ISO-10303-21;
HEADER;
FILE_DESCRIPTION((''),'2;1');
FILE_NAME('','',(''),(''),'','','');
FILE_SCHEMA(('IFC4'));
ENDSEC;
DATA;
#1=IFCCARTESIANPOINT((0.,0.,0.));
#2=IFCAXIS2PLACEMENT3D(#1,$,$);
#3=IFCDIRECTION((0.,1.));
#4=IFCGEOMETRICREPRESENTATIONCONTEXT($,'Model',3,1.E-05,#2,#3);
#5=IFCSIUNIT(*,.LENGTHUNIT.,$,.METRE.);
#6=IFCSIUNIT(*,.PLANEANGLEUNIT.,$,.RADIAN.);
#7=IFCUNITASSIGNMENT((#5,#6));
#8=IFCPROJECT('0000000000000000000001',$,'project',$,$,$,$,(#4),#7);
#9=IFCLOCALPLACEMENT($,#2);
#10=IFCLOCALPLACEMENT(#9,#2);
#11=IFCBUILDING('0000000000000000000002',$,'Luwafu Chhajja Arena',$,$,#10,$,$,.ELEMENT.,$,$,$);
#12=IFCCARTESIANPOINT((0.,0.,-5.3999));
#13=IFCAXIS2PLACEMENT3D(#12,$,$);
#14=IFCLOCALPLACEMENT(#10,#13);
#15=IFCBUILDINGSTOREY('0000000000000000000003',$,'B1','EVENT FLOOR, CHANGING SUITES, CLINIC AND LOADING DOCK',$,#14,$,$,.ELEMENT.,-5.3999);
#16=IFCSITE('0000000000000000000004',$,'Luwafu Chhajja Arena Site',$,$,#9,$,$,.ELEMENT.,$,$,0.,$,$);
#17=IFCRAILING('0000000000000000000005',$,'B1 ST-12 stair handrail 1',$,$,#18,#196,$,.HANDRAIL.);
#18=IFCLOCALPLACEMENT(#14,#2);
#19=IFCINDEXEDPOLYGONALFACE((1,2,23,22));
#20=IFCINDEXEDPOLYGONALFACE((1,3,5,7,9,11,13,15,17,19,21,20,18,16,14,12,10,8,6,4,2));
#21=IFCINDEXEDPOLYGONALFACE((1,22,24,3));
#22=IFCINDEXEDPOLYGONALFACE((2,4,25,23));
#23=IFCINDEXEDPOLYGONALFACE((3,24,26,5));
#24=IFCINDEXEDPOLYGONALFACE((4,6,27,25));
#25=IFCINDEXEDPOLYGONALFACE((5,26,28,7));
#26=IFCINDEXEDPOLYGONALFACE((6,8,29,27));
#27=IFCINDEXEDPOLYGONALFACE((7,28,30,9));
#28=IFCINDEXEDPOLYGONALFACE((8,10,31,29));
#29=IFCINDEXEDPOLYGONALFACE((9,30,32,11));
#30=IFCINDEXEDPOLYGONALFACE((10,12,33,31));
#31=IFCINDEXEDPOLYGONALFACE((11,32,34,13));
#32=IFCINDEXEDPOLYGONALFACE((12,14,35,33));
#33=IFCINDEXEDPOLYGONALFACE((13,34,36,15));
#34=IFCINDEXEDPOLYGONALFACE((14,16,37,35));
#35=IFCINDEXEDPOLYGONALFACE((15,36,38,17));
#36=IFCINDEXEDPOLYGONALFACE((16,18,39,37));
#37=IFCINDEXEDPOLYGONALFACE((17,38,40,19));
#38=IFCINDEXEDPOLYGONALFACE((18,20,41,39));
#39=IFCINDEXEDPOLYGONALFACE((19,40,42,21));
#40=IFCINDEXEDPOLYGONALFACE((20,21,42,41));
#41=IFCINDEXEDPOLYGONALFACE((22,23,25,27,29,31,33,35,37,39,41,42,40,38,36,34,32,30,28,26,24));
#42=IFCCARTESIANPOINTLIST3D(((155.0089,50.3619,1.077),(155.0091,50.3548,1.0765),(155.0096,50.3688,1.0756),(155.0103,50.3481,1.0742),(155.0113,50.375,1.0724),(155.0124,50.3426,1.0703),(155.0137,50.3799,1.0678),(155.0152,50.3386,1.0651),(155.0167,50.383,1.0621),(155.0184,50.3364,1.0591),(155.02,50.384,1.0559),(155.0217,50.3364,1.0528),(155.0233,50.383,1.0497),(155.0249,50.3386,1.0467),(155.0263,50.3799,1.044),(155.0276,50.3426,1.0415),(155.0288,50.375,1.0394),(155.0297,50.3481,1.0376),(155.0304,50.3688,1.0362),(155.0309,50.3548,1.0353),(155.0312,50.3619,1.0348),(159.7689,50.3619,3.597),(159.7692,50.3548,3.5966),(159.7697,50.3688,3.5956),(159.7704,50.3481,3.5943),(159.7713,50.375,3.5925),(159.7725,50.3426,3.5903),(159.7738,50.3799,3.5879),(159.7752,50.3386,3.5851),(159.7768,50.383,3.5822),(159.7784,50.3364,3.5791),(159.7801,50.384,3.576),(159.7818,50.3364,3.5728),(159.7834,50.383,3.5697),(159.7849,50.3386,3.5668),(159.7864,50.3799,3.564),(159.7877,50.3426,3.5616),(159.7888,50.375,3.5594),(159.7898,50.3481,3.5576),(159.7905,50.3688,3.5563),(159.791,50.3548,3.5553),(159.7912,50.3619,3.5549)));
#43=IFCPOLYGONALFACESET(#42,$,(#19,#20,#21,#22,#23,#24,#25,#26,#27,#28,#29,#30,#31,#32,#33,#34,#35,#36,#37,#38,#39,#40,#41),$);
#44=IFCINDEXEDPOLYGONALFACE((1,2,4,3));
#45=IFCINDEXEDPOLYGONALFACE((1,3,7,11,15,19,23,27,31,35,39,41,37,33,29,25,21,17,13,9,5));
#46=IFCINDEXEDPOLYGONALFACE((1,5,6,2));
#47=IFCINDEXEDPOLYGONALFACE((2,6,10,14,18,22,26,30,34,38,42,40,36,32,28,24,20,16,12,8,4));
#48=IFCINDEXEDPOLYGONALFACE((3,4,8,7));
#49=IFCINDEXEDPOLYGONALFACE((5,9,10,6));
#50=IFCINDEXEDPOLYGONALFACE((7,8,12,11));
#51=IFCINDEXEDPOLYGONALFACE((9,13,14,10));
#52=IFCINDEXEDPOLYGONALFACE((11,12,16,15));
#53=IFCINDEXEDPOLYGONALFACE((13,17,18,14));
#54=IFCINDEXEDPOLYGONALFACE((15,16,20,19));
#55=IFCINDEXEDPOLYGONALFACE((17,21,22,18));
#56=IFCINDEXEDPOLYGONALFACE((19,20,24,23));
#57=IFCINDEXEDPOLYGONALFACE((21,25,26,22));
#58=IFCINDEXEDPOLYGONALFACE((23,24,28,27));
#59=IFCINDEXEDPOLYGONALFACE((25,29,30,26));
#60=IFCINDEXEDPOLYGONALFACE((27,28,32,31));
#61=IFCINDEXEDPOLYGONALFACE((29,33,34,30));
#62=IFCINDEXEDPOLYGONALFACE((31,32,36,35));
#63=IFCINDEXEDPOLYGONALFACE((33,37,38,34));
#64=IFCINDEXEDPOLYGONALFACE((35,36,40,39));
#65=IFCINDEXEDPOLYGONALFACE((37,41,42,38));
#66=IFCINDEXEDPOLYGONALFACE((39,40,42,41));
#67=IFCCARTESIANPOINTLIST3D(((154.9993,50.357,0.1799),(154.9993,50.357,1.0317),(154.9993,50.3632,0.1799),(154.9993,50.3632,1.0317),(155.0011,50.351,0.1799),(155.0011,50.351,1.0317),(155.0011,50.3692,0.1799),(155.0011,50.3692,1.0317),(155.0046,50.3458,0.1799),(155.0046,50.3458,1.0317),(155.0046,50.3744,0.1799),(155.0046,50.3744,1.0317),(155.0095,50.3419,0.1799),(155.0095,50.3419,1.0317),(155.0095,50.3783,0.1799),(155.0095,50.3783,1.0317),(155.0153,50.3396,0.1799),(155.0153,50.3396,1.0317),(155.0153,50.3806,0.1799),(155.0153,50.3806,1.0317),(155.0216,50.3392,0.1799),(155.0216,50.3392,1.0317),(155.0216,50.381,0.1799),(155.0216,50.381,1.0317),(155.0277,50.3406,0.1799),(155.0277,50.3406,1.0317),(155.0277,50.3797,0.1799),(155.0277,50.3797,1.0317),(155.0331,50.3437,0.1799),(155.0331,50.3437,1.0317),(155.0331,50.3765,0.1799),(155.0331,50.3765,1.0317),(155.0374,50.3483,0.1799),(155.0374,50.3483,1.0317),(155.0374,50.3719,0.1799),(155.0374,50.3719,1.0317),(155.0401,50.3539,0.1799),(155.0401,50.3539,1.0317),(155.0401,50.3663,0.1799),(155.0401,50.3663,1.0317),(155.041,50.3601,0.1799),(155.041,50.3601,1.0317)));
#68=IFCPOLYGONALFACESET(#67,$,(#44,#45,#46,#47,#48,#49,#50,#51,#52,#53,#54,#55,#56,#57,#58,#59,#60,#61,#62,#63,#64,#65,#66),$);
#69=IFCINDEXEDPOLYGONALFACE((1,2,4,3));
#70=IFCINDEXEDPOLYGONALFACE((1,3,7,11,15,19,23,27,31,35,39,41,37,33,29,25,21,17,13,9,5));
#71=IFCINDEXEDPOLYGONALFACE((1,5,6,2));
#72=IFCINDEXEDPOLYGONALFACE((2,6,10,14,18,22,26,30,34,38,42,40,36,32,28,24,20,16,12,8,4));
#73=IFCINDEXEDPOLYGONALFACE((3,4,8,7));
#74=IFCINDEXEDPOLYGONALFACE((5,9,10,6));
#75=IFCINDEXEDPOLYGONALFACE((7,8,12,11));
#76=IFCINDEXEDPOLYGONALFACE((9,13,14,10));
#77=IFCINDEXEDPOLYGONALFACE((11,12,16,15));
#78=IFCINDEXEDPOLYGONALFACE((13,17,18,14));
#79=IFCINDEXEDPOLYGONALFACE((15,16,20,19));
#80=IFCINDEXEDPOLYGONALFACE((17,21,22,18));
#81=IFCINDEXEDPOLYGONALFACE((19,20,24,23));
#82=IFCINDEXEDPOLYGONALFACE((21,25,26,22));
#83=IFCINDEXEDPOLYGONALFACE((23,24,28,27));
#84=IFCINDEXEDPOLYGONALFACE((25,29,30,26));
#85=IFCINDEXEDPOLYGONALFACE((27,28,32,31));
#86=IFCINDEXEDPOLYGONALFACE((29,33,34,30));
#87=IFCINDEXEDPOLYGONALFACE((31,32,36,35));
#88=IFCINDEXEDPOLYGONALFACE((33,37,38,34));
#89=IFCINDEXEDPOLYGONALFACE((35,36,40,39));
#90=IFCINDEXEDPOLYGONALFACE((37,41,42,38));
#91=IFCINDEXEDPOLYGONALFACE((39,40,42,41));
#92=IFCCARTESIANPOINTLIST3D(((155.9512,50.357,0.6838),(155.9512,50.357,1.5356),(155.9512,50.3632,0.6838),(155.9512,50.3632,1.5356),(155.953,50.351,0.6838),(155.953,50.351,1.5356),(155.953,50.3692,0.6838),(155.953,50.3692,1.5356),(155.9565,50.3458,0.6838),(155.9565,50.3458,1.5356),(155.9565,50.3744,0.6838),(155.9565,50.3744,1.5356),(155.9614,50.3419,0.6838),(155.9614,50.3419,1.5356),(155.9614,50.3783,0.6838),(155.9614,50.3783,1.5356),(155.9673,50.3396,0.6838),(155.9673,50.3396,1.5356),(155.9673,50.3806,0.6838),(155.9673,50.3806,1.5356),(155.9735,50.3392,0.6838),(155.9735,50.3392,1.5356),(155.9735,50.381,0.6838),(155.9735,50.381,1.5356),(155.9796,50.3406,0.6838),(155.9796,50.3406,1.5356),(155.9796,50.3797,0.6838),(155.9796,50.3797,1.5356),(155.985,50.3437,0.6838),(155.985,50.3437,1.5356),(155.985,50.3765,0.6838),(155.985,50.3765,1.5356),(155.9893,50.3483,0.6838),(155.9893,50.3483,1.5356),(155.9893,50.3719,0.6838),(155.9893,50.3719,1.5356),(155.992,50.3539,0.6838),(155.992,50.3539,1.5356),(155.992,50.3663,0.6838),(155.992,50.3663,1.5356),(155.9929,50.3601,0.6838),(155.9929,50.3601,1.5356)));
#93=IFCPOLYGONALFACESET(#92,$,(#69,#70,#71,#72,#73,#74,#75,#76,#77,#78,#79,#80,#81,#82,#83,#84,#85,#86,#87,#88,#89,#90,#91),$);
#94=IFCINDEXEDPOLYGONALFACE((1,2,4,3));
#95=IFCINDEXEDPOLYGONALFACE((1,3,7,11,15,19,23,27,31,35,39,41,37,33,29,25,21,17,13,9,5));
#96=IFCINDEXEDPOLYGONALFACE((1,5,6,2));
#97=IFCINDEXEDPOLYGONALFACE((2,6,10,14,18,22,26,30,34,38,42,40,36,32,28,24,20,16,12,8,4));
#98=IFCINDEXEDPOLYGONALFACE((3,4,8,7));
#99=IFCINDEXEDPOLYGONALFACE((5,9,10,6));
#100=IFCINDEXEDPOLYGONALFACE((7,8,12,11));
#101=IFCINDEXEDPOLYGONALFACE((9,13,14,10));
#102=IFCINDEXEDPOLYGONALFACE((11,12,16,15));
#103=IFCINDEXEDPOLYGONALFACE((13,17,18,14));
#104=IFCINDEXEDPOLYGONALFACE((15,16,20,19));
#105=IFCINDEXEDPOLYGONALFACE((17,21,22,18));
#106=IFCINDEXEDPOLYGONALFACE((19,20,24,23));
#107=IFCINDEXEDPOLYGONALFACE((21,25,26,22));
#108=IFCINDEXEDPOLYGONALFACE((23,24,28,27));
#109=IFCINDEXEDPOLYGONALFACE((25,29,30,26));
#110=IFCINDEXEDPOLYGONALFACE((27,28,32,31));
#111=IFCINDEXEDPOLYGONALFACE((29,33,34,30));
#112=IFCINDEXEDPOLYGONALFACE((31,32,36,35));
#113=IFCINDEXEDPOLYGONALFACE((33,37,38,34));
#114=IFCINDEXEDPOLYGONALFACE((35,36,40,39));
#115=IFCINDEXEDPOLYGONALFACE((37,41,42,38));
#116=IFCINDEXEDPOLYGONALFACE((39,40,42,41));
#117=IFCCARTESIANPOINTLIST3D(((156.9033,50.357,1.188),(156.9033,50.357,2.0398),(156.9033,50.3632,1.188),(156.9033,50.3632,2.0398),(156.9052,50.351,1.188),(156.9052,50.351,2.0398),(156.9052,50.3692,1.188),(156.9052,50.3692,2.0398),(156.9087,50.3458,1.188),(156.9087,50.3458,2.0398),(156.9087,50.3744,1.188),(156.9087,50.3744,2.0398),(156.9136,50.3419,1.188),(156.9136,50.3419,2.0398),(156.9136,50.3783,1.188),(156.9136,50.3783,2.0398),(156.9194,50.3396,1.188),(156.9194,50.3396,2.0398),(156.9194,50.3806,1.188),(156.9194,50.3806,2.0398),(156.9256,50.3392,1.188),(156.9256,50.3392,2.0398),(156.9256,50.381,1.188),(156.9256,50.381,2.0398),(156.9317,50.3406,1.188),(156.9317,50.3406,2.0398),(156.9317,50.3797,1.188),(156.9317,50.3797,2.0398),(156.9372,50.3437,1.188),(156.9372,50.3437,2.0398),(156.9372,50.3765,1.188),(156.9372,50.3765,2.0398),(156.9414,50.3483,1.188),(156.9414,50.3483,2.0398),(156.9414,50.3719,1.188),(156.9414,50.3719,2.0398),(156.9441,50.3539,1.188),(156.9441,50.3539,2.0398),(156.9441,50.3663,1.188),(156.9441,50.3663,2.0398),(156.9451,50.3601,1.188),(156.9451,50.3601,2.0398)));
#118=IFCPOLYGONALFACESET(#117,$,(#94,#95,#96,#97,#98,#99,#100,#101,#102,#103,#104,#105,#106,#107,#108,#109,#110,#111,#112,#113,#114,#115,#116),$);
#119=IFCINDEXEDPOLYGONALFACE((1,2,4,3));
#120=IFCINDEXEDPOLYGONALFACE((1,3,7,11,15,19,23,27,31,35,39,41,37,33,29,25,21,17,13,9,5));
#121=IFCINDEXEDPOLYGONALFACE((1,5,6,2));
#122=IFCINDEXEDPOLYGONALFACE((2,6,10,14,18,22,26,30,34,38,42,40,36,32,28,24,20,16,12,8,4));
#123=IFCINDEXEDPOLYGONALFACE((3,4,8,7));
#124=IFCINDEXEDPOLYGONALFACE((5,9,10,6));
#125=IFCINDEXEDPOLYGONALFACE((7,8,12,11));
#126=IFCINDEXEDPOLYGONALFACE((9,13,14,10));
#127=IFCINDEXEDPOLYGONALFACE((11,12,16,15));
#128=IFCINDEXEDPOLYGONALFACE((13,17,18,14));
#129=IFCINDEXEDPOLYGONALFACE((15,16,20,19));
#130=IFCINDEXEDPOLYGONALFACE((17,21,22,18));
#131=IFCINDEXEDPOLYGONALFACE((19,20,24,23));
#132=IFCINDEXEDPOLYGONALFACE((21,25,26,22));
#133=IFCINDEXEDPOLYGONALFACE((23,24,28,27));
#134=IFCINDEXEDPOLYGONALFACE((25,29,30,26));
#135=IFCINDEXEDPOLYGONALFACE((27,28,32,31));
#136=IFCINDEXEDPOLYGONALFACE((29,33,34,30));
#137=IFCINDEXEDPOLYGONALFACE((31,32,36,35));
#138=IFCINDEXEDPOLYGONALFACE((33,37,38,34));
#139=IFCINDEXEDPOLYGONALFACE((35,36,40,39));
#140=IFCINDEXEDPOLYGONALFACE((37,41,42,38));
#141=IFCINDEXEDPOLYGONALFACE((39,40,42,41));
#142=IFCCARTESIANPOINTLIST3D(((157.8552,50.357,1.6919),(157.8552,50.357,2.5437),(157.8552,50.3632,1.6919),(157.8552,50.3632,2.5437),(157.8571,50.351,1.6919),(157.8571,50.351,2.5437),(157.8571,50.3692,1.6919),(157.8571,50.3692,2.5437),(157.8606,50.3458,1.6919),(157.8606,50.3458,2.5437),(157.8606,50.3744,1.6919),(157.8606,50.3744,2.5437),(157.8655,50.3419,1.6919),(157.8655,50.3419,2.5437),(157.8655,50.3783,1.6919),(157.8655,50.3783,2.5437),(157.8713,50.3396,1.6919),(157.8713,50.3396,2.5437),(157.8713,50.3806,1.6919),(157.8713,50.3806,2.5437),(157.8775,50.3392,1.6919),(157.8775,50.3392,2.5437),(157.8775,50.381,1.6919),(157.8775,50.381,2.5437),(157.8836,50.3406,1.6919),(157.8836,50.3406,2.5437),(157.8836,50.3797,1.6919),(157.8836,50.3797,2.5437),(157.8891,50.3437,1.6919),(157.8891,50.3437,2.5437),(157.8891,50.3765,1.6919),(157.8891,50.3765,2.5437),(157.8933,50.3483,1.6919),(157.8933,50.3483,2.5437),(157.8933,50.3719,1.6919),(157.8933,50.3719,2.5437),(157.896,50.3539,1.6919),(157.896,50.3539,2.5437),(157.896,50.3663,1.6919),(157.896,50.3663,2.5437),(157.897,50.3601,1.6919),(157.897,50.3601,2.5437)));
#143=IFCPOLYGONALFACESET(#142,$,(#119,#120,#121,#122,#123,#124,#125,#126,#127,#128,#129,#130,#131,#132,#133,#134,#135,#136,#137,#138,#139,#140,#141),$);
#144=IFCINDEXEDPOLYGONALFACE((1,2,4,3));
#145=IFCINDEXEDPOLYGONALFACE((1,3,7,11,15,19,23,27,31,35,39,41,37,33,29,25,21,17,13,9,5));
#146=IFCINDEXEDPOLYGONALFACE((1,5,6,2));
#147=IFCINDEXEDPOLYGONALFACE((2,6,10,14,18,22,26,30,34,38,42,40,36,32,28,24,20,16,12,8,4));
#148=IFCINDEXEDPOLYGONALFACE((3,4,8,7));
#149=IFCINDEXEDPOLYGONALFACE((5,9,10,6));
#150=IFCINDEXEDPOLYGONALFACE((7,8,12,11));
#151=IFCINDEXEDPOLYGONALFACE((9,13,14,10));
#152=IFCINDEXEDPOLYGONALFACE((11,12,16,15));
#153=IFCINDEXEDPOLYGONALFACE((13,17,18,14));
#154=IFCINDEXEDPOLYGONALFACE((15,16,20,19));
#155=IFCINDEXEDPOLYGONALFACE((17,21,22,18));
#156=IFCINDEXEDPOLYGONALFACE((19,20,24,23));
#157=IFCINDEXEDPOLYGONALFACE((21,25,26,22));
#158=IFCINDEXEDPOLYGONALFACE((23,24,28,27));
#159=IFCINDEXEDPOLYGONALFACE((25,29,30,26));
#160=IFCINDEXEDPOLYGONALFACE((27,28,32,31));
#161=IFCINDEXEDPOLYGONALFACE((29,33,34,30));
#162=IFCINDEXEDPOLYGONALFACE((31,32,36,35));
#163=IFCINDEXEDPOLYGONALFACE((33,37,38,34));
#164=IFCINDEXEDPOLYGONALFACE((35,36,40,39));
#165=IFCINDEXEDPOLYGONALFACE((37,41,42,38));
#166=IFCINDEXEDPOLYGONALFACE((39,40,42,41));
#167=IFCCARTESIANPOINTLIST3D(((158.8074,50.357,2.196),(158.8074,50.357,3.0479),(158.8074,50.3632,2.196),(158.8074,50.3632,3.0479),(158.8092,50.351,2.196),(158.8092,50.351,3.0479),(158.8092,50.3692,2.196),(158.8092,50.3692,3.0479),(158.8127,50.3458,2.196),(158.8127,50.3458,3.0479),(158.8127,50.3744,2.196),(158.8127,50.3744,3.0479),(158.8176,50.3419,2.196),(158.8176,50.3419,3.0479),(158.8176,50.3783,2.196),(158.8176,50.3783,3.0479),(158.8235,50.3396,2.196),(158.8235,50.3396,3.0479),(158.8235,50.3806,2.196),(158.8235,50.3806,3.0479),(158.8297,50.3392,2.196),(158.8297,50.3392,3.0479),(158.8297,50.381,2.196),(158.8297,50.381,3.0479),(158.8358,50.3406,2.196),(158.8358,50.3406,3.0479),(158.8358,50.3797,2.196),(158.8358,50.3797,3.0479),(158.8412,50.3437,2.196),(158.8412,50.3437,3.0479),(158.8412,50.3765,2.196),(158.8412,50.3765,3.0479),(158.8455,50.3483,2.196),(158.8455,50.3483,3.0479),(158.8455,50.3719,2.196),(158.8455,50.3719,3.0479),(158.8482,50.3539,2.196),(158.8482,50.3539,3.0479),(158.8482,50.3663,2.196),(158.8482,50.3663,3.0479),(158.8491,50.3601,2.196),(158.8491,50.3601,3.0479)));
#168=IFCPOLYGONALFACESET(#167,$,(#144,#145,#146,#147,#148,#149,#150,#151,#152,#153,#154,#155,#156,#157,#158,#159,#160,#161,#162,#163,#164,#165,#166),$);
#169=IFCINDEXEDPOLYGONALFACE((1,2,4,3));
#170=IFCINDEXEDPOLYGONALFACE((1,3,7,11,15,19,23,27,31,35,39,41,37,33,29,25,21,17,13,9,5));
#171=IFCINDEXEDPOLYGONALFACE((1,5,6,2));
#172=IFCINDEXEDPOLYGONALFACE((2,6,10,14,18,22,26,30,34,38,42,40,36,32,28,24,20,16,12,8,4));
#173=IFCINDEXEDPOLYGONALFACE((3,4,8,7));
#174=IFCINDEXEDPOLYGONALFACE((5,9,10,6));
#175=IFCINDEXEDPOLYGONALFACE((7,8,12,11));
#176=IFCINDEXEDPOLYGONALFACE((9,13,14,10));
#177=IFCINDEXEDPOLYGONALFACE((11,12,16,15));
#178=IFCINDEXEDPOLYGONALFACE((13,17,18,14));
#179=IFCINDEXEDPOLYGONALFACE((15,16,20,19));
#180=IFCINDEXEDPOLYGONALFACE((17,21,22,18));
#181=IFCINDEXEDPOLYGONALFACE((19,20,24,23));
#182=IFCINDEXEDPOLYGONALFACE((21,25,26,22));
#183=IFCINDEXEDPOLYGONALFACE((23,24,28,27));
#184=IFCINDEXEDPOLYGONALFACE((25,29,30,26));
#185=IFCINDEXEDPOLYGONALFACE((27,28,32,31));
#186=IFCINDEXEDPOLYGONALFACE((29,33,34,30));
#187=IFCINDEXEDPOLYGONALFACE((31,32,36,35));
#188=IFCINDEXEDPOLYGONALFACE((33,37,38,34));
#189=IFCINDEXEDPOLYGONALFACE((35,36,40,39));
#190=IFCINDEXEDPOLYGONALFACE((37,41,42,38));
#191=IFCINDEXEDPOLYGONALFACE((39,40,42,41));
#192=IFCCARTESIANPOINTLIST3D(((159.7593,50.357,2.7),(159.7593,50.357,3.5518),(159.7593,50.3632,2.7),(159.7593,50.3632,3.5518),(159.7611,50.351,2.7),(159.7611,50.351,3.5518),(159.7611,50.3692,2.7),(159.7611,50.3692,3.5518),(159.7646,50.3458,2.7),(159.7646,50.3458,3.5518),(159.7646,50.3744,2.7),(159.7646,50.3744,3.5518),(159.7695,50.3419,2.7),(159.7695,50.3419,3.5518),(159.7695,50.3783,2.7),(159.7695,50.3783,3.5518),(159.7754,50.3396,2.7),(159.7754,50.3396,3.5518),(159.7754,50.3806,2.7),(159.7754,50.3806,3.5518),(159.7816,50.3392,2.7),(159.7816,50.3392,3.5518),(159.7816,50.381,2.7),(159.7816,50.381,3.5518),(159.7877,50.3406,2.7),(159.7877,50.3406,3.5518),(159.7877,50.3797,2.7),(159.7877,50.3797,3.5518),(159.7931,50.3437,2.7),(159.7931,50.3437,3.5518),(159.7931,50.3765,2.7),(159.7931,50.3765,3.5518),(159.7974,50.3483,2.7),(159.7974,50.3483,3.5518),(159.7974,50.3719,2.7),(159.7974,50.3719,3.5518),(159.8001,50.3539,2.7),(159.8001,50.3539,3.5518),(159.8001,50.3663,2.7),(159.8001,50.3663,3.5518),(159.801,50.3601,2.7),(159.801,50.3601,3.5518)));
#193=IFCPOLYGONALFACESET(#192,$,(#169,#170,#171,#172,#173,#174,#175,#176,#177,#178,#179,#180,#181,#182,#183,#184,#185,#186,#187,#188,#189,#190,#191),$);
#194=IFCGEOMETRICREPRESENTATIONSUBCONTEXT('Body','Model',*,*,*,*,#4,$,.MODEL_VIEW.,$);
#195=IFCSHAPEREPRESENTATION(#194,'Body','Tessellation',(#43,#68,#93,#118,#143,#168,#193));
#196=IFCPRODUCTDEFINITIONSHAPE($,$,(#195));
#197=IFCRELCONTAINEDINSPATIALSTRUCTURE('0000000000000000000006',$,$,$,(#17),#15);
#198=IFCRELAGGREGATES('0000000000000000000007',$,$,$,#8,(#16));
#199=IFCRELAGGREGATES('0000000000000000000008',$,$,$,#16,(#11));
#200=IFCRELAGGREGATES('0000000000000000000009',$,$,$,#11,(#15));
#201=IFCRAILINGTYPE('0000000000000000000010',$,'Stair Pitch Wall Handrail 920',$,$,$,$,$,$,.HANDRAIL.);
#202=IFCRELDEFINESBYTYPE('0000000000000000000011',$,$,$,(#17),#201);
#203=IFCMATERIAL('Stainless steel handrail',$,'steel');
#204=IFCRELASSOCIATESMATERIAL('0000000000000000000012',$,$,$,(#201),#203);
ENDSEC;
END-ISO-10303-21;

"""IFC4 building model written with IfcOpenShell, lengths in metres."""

from ifc_helpers import new_model, si_unit, direction, frame, origin, origin_2d, place, context, subcontext, project, spatial, circle, extrude, material, type_object, element, save


model = new_model("IFC4")

# Units and contexts
model_context = context("Model", 3, precision=1e-05, world=origin(), true_north=direction((0.0, 1.0)))
body_context = subcontext(model_context, "Body", "Model", "MODEL_VIEW")
ifc_project = project(units=[si_unit("LENGTHUNIT", "METRE"), si_unit("PLANEANGLEUNIT", "RADIAN")], contexts=[model_context])

# Site, building, storey
site_placement = place(None, origin())
site = spatial("IfcSite", under=ifc_project, at=site_placement, Name="Luwafu Chhajja Arena Site", CompositionType="ELEMENT", RefElevation=0.0)
building_placement = place(site_placement, origin())
building = spatial("IfcBuilding", under=site, at=building_placement, Name="Luwafu Chhajja Arena", CompositionType="ELEMENT")
storey_placement = place(building_placement, frame((0.0, 0.0, -5.3999)))
storey = spatial("IfcBuildingStorey", under=building, at=storey_placement, Name="B1", Description="EVENT FLOOR, CHANGING SUITES, CLINIC AND LOADING DOCK", CompositionType="ELEMENT", Elevation=-5.3999)

# Railing
ifc_material_1 = material(Name="Stainless steel handrail", Category="steel")
railing_type_1 = type_object("IfcRailingType", Name="Stair Pitch Wall Handrail 920", PredefinedType="HANDRAIL", material=ifc_material_1)
railing_1_placement = place(storey_placement, frame((155.02, 50.3601, 0.1799)))
element("IfcRailing", 1, at=railing_1_placement, inside=storey, type_object=railing_type_1, Name="B1 ST-12 stair handrail 1", PredefinedType="HANDRAIL", context=body_context, shape_type="SweptSolid", body=[
    extrude(circle(Radius=0.0239, at=origin_2d()), frame((0.0, 0.0, 0.876), z_axis=(0.883787, 0.0, 0.46789), x_axis=(0.0, 1.0, 0.0)), (0.0, 0.0, 1.0), 5.386),
    extrude(circle(Radius=0.021, at=origin_2d()), origin(), (0.0, 0.0, 1.0), 0.8518),
    extrude(circle(Radius=0.021, at=origin_2d()), frame((0.9519, 0.0, 0.5039)), (0.0, 0.0, 1.0), 0.8518),
    extrude(circle(Radius=0.021, at=origin_2d()), frame((1.9041, 0.0, 1.0081)), (0.0, 0.0, 1.0), 0.8518),
    extrude(circle(Radius=0.021, at=origin_2d()), frame((2.856, 0.0, 1.512)), (0.0, 0.0, 1.0), 0.8518),
    extrude(circle(Radius=0.021, at=origin_2d()), frame((3.8081, 0.0, 2.0161)), (0.0, 0.0, 1.0), 0.8518),
    extrude(circle(Radius=0.021, at=origin_2d()), frame((4.76, 0.0, 2.52)), (0.0, 0.0, 1.0), 0.8518),
])

save(model, "model.ifc")
